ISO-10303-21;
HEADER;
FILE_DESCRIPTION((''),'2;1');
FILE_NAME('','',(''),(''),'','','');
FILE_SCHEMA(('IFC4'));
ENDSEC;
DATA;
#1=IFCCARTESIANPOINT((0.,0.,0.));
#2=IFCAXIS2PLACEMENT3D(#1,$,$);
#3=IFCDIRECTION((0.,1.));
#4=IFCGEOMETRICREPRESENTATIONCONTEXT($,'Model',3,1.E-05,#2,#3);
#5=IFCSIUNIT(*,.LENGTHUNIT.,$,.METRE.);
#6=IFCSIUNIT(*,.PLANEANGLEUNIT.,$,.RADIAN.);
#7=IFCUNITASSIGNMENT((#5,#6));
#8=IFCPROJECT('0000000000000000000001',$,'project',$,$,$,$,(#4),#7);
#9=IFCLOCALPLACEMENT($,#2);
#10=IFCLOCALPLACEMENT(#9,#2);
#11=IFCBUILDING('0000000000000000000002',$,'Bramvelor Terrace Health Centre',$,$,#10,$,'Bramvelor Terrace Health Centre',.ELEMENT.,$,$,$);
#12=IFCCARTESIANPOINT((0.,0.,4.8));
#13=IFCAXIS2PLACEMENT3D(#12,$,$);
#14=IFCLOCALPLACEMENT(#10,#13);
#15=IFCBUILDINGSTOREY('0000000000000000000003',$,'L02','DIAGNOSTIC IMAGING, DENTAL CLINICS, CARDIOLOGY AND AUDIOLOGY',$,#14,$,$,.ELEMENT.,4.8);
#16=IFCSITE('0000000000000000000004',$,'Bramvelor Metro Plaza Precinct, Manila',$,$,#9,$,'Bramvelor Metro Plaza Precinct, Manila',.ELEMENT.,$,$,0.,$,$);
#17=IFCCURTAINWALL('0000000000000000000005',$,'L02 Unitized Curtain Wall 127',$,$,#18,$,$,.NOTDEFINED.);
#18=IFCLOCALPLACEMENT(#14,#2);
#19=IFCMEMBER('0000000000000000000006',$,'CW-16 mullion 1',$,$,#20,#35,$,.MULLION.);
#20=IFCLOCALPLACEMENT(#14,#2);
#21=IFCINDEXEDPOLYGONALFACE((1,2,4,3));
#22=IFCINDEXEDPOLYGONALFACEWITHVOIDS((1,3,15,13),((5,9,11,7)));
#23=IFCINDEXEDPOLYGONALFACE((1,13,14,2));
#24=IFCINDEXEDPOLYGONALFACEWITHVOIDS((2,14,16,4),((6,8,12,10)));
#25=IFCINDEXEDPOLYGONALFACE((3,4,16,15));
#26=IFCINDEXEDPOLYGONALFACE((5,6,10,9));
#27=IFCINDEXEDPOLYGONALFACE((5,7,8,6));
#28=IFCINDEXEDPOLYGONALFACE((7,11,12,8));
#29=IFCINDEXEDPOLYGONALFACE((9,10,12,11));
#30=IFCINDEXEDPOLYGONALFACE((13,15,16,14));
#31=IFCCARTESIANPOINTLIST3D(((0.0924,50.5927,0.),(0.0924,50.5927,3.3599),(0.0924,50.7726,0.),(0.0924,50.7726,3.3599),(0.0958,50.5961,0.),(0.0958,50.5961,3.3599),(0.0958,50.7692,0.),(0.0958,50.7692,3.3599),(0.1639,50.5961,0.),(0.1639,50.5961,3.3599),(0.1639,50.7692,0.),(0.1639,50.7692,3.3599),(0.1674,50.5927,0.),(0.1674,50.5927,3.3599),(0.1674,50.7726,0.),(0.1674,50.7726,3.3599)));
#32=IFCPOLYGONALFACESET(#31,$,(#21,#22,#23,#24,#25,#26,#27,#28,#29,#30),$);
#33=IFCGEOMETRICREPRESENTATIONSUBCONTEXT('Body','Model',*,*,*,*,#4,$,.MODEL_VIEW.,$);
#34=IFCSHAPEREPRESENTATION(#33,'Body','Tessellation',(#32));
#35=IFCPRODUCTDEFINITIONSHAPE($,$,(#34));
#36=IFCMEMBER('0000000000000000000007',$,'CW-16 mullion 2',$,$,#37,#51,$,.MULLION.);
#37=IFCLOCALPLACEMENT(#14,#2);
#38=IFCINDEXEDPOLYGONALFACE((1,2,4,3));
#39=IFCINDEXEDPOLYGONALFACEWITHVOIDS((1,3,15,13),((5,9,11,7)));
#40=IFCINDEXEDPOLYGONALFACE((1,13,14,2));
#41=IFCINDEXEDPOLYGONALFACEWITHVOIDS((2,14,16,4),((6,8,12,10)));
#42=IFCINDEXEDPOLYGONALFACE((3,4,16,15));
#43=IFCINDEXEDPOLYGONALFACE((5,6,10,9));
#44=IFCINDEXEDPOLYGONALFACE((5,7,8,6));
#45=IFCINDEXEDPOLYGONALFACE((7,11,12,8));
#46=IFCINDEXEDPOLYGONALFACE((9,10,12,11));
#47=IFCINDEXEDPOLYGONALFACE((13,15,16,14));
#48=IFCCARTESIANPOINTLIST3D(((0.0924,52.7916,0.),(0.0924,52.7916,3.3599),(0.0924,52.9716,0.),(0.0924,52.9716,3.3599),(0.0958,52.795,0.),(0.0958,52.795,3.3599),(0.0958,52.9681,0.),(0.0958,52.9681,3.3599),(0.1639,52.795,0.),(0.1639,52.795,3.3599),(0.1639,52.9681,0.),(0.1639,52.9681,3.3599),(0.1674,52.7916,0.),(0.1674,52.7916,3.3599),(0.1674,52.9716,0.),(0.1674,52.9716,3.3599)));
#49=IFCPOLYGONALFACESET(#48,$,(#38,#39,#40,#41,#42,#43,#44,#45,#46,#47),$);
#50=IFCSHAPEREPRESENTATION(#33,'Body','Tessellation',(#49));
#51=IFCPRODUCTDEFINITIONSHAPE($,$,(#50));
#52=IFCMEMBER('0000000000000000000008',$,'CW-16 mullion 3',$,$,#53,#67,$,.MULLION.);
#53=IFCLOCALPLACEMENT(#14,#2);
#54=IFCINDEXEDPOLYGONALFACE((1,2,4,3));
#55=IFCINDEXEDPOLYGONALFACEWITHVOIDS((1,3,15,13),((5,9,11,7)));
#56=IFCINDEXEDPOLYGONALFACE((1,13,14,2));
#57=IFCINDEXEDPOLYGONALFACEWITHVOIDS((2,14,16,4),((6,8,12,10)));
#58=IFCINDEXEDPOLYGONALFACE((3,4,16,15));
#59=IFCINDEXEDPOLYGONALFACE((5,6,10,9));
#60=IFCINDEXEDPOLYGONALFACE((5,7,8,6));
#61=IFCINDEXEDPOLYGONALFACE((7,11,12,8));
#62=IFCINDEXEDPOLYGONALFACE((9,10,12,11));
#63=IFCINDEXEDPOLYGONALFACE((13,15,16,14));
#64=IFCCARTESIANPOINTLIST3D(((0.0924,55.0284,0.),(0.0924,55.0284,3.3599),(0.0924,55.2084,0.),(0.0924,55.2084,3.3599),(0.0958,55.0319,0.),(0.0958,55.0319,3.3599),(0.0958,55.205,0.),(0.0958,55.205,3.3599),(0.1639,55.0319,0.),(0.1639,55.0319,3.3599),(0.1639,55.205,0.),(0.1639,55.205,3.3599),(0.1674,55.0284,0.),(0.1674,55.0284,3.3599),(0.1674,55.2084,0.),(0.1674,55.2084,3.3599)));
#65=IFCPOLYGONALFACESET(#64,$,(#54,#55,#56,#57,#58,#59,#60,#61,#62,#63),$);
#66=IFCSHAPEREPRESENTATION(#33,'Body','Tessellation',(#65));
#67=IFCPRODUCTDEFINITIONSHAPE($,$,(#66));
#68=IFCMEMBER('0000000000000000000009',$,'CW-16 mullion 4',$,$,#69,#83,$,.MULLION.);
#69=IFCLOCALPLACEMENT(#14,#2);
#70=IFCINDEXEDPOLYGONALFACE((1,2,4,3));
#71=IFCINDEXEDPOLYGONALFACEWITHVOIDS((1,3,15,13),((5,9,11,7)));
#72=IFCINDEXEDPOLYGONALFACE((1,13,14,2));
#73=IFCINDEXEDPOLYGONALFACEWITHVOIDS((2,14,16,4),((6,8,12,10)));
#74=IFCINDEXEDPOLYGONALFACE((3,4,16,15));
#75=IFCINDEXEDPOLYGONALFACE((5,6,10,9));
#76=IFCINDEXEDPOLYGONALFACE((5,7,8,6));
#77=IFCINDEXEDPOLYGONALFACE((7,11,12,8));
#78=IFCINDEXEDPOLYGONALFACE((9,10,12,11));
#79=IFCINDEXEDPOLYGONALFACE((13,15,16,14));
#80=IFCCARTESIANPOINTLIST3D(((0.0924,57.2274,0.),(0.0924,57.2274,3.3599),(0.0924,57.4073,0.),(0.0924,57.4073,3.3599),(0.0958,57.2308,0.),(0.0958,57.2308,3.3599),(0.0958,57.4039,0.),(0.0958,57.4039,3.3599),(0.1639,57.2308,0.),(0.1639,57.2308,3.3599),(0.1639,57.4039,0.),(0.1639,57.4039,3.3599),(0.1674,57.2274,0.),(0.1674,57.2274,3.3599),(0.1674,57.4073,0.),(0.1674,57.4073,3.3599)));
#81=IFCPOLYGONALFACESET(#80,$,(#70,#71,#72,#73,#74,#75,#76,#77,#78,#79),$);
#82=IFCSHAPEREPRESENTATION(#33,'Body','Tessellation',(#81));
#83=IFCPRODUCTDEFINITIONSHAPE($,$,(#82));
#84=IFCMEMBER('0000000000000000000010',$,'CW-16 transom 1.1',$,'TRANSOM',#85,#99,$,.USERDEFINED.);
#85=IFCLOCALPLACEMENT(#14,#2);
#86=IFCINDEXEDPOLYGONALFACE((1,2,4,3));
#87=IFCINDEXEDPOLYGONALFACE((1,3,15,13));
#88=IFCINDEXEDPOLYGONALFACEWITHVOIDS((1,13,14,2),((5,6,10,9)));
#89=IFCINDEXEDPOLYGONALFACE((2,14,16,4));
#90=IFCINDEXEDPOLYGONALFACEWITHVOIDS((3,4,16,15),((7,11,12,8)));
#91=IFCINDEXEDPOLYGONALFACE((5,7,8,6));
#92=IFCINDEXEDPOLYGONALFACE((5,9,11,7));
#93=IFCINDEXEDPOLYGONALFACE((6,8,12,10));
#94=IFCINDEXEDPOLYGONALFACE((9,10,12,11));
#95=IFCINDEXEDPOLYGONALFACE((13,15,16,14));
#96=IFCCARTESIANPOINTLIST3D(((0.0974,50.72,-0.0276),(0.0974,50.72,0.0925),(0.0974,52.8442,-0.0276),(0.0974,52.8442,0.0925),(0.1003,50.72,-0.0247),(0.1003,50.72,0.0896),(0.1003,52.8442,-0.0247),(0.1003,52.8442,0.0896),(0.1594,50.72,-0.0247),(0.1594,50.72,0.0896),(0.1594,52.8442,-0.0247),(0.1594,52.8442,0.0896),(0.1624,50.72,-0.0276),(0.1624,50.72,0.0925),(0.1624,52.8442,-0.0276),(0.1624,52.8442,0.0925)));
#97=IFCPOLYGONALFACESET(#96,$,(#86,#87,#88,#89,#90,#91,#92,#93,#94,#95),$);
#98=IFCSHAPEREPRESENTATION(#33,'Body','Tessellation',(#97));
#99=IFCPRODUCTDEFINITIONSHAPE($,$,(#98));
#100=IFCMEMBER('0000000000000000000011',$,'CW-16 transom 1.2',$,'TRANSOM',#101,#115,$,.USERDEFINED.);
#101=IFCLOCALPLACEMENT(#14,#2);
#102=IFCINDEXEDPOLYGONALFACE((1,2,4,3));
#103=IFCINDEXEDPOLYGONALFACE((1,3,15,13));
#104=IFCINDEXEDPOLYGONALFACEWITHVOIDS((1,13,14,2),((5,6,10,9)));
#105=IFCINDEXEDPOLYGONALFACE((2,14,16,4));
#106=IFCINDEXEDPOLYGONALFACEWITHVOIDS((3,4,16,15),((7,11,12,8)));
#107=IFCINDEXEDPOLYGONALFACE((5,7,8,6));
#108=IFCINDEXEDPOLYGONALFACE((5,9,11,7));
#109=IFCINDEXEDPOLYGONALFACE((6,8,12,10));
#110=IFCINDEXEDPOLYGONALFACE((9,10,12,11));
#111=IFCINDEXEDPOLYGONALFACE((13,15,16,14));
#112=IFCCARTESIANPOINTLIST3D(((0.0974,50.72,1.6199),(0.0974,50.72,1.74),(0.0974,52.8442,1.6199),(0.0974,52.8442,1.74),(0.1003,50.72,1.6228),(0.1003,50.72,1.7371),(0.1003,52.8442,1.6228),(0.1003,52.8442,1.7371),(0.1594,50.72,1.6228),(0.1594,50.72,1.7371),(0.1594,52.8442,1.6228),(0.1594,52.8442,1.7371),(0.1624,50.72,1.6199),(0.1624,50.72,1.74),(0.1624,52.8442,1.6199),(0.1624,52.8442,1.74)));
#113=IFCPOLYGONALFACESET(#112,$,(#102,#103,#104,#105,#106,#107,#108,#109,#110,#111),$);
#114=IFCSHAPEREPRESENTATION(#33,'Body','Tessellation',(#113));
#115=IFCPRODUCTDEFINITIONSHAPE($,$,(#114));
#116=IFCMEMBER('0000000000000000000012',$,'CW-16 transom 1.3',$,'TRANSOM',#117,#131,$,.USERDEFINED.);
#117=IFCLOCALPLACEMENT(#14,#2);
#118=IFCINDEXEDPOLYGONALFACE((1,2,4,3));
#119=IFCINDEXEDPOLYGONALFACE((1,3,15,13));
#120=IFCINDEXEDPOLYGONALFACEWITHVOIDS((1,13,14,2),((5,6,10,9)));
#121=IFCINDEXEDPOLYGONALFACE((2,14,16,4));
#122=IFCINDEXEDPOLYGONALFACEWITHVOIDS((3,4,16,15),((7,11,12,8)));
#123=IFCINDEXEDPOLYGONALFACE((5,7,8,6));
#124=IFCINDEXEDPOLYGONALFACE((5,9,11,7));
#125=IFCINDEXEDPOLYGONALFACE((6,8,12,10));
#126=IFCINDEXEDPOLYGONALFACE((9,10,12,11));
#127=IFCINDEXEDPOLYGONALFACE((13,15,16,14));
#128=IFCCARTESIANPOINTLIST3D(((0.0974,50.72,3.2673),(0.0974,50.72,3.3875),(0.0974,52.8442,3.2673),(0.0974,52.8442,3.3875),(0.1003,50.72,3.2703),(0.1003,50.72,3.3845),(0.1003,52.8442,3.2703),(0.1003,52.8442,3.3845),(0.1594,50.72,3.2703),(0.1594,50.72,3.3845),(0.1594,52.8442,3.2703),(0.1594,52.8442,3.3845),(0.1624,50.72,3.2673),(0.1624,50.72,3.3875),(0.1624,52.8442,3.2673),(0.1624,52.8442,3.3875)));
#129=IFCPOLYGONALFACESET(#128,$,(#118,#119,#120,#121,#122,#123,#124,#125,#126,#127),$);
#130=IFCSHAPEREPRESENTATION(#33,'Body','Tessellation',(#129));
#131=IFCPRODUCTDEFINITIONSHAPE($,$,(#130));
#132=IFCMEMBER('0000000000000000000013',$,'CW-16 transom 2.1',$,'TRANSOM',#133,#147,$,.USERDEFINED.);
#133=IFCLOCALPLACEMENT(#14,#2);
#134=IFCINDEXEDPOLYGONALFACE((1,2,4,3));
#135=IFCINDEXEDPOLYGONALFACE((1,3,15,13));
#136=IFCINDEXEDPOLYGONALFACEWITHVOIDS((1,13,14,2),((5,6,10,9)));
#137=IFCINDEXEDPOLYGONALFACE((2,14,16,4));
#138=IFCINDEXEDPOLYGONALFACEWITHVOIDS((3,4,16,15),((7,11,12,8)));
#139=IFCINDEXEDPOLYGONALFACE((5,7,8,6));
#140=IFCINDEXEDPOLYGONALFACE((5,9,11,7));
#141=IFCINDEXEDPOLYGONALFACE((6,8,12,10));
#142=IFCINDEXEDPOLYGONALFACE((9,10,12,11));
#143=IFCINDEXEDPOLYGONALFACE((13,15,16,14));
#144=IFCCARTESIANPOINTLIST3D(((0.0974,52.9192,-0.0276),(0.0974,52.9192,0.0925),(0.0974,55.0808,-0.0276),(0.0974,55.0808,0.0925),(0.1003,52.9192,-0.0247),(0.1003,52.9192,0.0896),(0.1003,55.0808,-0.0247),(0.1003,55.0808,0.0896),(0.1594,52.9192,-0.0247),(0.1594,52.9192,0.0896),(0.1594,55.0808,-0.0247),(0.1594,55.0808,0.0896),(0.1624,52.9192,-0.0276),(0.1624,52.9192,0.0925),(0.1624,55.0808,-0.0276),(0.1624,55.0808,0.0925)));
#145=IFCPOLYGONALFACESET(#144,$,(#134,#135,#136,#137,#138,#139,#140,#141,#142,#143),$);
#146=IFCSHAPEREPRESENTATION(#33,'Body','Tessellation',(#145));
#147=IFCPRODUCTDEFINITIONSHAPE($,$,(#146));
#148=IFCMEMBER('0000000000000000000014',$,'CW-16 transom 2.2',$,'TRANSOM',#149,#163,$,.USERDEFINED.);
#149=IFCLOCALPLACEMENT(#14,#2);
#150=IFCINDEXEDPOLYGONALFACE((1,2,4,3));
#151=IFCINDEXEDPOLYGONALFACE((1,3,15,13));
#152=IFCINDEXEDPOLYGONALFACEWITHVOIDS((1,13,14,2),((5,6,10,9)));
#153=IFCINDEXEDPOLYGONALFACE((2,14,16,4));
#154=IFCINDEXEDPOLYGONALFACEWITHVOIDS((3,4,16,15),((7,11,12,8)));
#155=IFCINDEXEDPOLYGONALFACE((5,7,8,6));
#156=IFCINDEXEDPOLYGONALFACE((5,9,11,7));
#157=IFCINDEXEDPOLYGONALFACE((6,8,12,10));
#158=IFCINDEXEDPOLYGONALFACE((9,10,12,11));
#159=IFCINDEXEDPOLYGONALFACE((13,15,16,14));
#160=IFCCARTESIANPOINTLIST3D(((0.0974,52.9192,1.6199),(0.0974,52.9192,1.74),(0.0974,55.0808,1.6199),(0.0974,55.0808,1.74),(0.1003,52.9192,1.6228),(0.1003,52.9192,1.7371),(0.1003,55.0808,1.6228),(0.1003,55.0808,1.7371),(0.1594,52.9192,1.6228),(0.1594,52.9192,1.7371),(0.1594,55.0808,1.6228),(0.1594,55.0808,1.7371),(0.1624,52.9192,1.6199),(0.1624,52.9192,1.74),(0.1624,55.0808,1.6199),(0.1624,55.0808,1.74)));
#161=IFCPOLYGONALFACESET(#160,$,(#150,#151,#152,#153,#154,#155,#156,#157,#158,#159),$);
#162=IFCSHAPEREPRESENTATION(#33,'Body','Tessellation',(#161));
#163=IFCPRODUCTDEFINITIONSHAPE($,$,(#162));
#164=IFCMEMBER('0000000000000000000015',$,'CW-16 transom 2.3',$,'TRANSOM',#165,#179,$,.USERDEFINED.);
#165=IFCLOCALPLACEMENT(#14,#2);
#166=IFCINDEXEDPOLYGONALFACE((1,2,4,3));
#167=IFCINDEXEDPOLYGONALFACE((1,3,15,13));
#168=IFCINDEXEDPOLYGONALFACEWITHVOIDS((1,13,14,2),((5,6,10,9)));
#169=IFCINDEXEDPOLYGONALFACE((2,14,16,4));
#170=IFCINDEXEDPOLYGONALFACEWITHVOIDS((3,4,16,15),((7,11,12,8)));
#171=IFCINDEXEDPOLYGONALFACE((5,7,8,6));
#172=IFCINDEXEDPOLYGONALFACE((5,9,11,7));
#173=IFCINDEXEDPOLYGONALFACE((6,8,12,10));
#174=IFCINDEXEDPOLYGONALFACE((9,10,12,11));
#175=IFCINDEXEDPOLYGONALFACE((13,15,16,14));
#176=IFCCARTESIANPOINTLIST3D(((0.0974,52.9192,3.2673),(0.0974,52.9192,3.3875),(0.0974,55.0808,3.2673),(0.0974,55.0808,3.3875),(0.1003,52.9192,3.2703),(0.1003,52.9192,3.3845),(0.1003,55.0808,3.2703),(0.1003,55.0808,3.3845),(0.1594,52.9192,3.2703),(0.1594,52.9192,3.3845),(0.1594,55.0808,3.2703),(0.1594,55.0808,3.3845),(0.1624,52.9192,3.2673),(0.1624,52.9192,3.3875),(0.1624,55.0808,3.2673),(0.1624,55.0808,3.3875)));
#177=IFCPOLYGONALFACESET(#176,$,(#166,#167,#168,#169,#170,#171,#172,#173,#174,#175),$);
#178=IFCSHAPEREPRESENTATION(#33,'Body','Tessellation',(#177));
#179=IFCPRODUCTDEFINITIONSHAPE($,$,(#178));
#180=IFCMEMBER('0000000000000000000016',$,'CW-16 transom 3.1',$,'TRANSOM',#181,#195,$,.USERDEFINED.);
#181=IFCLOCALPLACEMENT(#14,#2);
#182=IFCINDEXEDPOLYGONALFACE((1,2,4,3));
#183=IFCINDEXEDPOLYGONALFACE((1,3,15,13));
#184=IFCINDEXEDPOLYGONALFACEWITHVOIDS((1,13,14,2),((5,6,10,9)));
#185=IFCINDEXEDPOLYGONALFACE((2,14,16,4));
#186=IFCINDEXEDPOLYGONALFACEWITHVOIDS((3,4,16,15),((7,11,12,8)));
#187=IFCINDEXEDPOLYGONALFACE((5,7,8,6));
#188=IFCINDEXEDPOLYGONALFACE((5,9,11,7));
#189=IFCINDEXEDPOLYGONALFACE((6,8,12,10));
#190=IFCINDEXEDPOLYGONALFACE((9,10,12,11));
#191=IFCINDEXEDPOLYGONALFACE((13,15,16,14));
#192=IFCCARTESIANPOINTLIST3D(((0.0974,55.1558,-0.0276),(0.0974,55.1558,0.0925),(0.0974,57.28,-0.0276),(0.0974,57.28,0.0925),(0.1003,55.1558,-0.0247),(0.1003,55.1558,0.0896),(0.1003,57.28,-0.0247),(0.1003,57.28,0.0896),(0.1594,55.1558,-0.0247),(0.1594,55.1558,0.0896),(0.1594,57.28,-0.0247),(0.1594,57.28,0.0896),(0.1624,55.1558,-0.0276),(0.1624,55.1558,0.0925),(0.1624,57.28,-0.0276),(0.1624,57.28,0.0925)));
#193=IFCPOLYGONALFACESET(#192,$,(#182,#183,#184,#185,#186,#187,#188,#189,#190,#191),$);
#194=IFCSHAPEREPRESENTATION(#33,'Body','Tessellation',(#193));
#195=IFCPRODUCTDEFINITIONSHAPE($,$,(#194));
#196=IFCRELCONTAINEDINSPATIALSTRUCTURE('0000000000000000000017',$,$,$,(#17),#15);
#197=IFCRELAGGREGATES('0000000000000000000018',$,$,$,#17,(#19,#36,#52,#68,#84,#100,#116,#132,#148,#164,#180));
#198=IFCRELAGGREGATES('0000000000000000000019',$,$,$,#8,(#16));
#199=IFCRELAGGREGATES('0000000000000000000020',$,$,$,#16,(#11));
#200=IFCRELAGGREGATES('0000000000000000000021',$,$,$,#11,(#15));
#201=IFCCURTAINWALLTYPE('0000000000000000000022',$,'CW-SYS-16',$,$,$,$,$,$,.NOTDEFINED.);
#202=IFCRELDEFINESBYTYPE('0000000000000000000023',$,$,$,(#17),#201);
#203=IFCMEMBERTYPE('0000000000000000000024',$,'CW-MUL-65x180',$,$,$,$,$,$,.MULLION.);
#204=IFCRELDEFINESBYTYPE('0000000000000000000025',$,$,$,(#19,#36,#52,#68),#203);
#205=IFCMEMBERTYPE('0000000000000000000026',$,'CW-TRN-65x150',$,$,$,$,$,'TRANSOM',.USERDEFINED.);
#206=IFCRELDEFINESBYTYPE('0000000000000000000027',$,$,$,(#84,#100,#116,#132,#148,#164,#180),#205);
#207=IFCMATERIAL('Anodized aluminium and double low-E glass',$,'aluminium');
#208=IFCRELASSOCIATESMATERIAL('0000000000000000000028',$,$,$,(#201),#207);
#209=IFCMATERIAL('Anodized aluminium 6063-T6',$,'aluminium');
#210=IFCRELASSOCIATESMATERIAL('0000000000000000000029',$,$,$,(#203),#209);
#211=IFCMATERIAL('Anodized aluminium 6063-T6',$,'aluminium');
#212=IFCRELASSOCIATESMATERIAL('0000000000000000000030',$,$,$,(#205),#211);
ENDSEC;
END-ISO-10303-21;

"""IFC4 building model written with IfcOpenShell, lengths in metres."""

from ifc_helpers import new_model, si_unit, direction, frame, origin, origin_2d, place, context, subcontext, project, spatial, hollow_rectangle, extrude, material, material_profile, profile_set, type_object, element, aggregate, save


model = new_model("IFC4")

# Units and contexts
model_context = context("Model", 3, precision=1e-05, world=origin(), true_north=direction((0.0, 1.0)))
body_context = subcontext(model_context, "Body", "Model", "MODEL_VIEW")
ifc_project = project(units=[si_unit("LENGTHUNIT", "METRE"), si_unit("PLANEANGLEUNIT", "RADIAN")], contexts=[model_context])

# Site, building, storey
site_placement = place(None, origin())
site = spatial("IfcSite", under=ifc_project, at=site_placement, Name="Bramvelor Metro Plaza Precinct, Manila", LongName="Bramvelor Metro Plaza Precinct, Manila", CompositionType="ELEMENT", RefElevation=0.0)
building_placement = place(site_placement, origin())
building = spatial("IfcBuilding", under=site, at=building_placement, Name="Bramvelor Terrace Health Centre", LongName="Bramvelor Terrace Health Centre", CompositionType="ELEMENT")
storey_placement = place(building_placement, frame((0.0, 0.0, 4.8)))
storey = spatial("IfcBuildingStorey", under=building, at=storey_placement, Name="L02", Description="DIAGNOSTIC IMAGING, DENTAL CLINICS, CARDIOLOGY AND AUDIOLOGY", CompositionType="ELEMENT", Elevation=4.8)

# Curtain wall, members
ifc_material_1 = material(Name="Anodized aluminium and double low-E glass", Category="aluminium")
curtain_wall_type = type_object("IfcCurtainWallType", Name="CW-SYS-16", PredefinedType="NOTDEFINED", material=ifc_material_1)
curtain_wall_placement = place(storey_placement, origin())
curtain_wall = element("IfcCurtainWall", 1, at=curtain_wall_placement, inside=storey, type_object=curtain_wall_type, Name="L02 Unitized Curtain Wall 127", PredefinedType="NOTDEFINED")
ifc_material_2 = material(Name="Anodized aluminium 6063-T6", Category="aluminium")
ifc_material_profile_1 = material_profile(ifc_material_2, hollow_rectangle(XDim=0.075, YDim=0.1799, WallThickness=0.0034, at=origin_2d()), Name="ALU-MUL 75x180x3.5")
ifc_profile_set_1 = profile_set([ifc_material_profile_1], Name="Anodized aluminium 6063-T6")
member_type_1 = type_object("IfcMemberType", Name="CW-MUL-65x180", PredefinedType="MULLION", material=ifc_profile_set_1)
member_1_placement = place(storey_placement, frame((0.1299, 50.6826, 0.0), z_axis=(0.0, 0.0, 1.0), x_axis=(-1.0, 0.0, 0.0)))
member_1 = element("IfcMember", 2, at=member_1_placement, type_object=member_type_1, Name="CW-16 mullion 1", PredefinedType="MULLION", context=body_context, shape_type="SweptSolid", body=[
    extrude(hollow_rectangle(XDim=0.075, YDim=0.1799, WallThickness=0.0034, at=origin_2d()), origin(), (0.0, 0.0, 1.0), 3.3599),
])
member_2_placement = place(storey_placement, frame((0.1299, 52.8816, 0.0), z_axis=(0.0, 0.0, 1.0), x_axis=(-1.0, 0.0, 0.0)))
member_2 = element("IfcMember", 3, at=member_2_placement, type_object=member_type_1, Name="CW-16 mullion 2", PredefinedType="MULLION", context=body_context, shape_type="SweptSolid", body=[
    extrude(hollow_rectangle(XDim=0.075, YDim=0.1799, WallThickness=0.0034, at=origin_2d()), origin(), (0.0, 0.0, 1.0), 3.3599),
])
member_3_placement = place(storey_placement, frame((0.1299, 55.1184, 0.0), z_axis=(0.0, 0.0, 1.0), x_axis=(-1.0, 0.0, 0.0)))
member_3 = element("IfcMember", 4, at=member_3_placement, type_object=member_type_1, Name="CW-16 mullion 3", PredefinedType="MULLION", context=body_context, shape_type="SweptSolid", body=[
    extrude(hollow_rectangle(XDim=0.075, YDim=0.1799, WallThickness=0.0034, at=origin_2d()), origin(), (0.0, 0.0, 1.0), 3.3599),
])
member_4_placement = place(storey_placement, frame((0.1299, 57.3174, 0.0), z_axis=(0.0, 0.0, 1.0), x_axis=(-1.0, 0.0, 0.0)))
member_4 = element("IfcMember", 5, at=member_4_placement, type_object=member_type_1, Name="CW-16 mullion 4", PredefinedType="MULLION", context=body_context, shape_type="SweptSolid", body=[
    extrude(hollow_rectangle(XDim=0.075, YDim=0.1799, WallThickness=0.0034, at=origin_2d()), origin(), (0.0, 0.0, 1.0), 3.3599),
])
ifc_material_3 = material(Name="Anodized aluminium 6063-T6", Category="aluminium")
ifc_material_profile_2 = material_profile(ifc_material_3, hollow_rectangle(XDim=0.0649, YDim=0.1201, WallThickness=0.0029, at=origin_2d()), Name="ALU-TRN 65x120x3.0")
ifc_profile_set_2 = profile_set([ifc_material_profile_2], Name="Anodized aluminium 6063-T6")
member_type_2 = type_object("IfcMemberType", Name="CW-TRN-65x150", ElementType="TRANSOM", PredefinedType="USERDEFINED", material=ifc_profile_set_2)
member_5_placement = place(storey_placement, frame((0.1299, 50.72, 0.0325), z_axis=(0.0, 1.0, 0.0), x_axis=(-1.0, 0.0, 0.0)))
member_5 = element("IfcMember", 6, at=member_5_placement, type_object=member_type_2, Name="CW-16 transom 1.1", ObjectType="TRANSOM", PredefinedType="USERDEFINED", context=body_context, shape_type="SweptSolid", body=[
    extrude(hollow_rectangle(XDim=0.0649, YDim=0.1201, WallThickness=0.0029, at=origin_2d()), origin(), (0.0, 0.0, 1.0), 2.1243),
])
member_6_placement = place(storey_placement, frame((0.1299, 50.72, 1.6799), z_axis=(0.0, 1.0, 0.0), x_axis=(-1.0, 0.0, 0.0)))
member_6 = element("IfcMember", 7, at=member_6_placement, type_object=member_type_2, Name="CW-16 transom 1.2", ObjectType="TRANSOM", PredefinedType="USERDEFINED", context=body_context, shape_type="SweptSolid", body=[
    extrude(hollow_rectangle(XDim=0.0649, YDim=0.1201, WallThickness=0.0029, at=origin_2d()), origin(), (0.0, 0.0, 1.0), 2.1243),
])
member_7_placement = place(storey_placement, frame((0.1299, 50.72, 3.3274), z_axis=(0.0, 1.0, 0.0), x_axis=(-1.0, 0.0, 0.0)))
member_7 = element("IfcMember", 8, at=member_7_placement, type_object=member_type_2, Name="CW-16 transom 1.3", ObjectType="TRANSOM", PredefinedType="USERDEFINED", context=body_context, shape_type="SweptSolid", body=[
    extrude(hollow_rectangle(XDim=0.0649, YDim=0.1201, WallThickness=0.0029, at=origin_2d()), origin(), (0.0, 0.0, 1.0), 2.1243),
])
member_8_placement = place(storey_placement, frame((0.1299, 52.9192, 0.0325), z_axis=(0.0, 1.0, 0.0), x_axis=(-1.0, 0.0, 0.0)))
member_8 = element("IfcMember", 9, at=member_8_placement, type_object=member_type_2, Name="CW-16 transom 2.1", ObjectType="TRANSOM", PredefinedType="USERDEFINED", context=body_context, shape_type="SweptSolid", body=[
    extrude(hollow_rectangle(XDim=0.0649, YDim=0.1201, WallThickness=0.0029, at=origin_2d()), origin(), (0.0, 0.0, 1.0), 2.1616),
])
member_9_placement = place(storey_placement, frame((0.1299, 52.9192, 1.6799), z_axis=(0.0, 1.0, 0.0), x_axis=(-1.0, 0.0, 0.0)))
member_9 = element("IfcMember", 10, at=member_9_placement, type_object=member_type_2, Name="CW-16 transom 2.2", ObjectType="TRANSOM", PredefinedType="USERDEFINED", context=body_context, shape_type="SweptSolid", body=[
    extrude(hollow_rectangle(XDim=0.0649, YDim=0.1201, WallThickness=0.0029, at=origin_2d()), origin(), (0.0, 0.0, 1.0), 2.1616),
])
member_10_placement = place(storey_placement, frame((0.1299, 52.9192, 3.3274), z_axis=(0.0, 1.0, 0.0), x_axis=(-1.0, 0.0, 0.0)))
member_10 = element("IfcMember", 11, at=member_10_placement, type_object=member_type_2, Name="CW-16 transom 2.3", ObjectType="TRANSOM", PredefinedType="USERDEFINED", context=body_context, shape_type="SweptSolid", body=[
    extrude(hollow_rectangle(XDim=0.0649, YDim=0.1201, WallThickness=0.0029, at=origin_2d()), origin(), (0.0, 0.0, 1.0), 2.1616),
])
member_11_placement = place(storey_placement, frame((0.1299, 55.1558, 0.0325), z_axis=(0.0, 1.0, 0.0), x_axis=(-1.0, 0.0, 0.0)))
member_11 = element("IfcMember", 12, at=member_11_placement, type_object=member_type_2, Name="CW-16 transom 3.1", ObjectType="TRANSOM", PredefinedType="USERDEFINED", context=body_context, shape_type="SweptSolid", body=[
    extrude(hollow_rectangle(XDim=0.0649, YDim=0.1201, WallThickness=0.0029, at=origin_2d()), origin(), (0.0, 0.0, 1.0), 2.1243),
])
aggregate(curtain_wall, [member_1, member_2, member_3, member_4, member_5, member_6, member_7, member_8, member_9, member_10, member_11])

save(model, "model.ifc")
